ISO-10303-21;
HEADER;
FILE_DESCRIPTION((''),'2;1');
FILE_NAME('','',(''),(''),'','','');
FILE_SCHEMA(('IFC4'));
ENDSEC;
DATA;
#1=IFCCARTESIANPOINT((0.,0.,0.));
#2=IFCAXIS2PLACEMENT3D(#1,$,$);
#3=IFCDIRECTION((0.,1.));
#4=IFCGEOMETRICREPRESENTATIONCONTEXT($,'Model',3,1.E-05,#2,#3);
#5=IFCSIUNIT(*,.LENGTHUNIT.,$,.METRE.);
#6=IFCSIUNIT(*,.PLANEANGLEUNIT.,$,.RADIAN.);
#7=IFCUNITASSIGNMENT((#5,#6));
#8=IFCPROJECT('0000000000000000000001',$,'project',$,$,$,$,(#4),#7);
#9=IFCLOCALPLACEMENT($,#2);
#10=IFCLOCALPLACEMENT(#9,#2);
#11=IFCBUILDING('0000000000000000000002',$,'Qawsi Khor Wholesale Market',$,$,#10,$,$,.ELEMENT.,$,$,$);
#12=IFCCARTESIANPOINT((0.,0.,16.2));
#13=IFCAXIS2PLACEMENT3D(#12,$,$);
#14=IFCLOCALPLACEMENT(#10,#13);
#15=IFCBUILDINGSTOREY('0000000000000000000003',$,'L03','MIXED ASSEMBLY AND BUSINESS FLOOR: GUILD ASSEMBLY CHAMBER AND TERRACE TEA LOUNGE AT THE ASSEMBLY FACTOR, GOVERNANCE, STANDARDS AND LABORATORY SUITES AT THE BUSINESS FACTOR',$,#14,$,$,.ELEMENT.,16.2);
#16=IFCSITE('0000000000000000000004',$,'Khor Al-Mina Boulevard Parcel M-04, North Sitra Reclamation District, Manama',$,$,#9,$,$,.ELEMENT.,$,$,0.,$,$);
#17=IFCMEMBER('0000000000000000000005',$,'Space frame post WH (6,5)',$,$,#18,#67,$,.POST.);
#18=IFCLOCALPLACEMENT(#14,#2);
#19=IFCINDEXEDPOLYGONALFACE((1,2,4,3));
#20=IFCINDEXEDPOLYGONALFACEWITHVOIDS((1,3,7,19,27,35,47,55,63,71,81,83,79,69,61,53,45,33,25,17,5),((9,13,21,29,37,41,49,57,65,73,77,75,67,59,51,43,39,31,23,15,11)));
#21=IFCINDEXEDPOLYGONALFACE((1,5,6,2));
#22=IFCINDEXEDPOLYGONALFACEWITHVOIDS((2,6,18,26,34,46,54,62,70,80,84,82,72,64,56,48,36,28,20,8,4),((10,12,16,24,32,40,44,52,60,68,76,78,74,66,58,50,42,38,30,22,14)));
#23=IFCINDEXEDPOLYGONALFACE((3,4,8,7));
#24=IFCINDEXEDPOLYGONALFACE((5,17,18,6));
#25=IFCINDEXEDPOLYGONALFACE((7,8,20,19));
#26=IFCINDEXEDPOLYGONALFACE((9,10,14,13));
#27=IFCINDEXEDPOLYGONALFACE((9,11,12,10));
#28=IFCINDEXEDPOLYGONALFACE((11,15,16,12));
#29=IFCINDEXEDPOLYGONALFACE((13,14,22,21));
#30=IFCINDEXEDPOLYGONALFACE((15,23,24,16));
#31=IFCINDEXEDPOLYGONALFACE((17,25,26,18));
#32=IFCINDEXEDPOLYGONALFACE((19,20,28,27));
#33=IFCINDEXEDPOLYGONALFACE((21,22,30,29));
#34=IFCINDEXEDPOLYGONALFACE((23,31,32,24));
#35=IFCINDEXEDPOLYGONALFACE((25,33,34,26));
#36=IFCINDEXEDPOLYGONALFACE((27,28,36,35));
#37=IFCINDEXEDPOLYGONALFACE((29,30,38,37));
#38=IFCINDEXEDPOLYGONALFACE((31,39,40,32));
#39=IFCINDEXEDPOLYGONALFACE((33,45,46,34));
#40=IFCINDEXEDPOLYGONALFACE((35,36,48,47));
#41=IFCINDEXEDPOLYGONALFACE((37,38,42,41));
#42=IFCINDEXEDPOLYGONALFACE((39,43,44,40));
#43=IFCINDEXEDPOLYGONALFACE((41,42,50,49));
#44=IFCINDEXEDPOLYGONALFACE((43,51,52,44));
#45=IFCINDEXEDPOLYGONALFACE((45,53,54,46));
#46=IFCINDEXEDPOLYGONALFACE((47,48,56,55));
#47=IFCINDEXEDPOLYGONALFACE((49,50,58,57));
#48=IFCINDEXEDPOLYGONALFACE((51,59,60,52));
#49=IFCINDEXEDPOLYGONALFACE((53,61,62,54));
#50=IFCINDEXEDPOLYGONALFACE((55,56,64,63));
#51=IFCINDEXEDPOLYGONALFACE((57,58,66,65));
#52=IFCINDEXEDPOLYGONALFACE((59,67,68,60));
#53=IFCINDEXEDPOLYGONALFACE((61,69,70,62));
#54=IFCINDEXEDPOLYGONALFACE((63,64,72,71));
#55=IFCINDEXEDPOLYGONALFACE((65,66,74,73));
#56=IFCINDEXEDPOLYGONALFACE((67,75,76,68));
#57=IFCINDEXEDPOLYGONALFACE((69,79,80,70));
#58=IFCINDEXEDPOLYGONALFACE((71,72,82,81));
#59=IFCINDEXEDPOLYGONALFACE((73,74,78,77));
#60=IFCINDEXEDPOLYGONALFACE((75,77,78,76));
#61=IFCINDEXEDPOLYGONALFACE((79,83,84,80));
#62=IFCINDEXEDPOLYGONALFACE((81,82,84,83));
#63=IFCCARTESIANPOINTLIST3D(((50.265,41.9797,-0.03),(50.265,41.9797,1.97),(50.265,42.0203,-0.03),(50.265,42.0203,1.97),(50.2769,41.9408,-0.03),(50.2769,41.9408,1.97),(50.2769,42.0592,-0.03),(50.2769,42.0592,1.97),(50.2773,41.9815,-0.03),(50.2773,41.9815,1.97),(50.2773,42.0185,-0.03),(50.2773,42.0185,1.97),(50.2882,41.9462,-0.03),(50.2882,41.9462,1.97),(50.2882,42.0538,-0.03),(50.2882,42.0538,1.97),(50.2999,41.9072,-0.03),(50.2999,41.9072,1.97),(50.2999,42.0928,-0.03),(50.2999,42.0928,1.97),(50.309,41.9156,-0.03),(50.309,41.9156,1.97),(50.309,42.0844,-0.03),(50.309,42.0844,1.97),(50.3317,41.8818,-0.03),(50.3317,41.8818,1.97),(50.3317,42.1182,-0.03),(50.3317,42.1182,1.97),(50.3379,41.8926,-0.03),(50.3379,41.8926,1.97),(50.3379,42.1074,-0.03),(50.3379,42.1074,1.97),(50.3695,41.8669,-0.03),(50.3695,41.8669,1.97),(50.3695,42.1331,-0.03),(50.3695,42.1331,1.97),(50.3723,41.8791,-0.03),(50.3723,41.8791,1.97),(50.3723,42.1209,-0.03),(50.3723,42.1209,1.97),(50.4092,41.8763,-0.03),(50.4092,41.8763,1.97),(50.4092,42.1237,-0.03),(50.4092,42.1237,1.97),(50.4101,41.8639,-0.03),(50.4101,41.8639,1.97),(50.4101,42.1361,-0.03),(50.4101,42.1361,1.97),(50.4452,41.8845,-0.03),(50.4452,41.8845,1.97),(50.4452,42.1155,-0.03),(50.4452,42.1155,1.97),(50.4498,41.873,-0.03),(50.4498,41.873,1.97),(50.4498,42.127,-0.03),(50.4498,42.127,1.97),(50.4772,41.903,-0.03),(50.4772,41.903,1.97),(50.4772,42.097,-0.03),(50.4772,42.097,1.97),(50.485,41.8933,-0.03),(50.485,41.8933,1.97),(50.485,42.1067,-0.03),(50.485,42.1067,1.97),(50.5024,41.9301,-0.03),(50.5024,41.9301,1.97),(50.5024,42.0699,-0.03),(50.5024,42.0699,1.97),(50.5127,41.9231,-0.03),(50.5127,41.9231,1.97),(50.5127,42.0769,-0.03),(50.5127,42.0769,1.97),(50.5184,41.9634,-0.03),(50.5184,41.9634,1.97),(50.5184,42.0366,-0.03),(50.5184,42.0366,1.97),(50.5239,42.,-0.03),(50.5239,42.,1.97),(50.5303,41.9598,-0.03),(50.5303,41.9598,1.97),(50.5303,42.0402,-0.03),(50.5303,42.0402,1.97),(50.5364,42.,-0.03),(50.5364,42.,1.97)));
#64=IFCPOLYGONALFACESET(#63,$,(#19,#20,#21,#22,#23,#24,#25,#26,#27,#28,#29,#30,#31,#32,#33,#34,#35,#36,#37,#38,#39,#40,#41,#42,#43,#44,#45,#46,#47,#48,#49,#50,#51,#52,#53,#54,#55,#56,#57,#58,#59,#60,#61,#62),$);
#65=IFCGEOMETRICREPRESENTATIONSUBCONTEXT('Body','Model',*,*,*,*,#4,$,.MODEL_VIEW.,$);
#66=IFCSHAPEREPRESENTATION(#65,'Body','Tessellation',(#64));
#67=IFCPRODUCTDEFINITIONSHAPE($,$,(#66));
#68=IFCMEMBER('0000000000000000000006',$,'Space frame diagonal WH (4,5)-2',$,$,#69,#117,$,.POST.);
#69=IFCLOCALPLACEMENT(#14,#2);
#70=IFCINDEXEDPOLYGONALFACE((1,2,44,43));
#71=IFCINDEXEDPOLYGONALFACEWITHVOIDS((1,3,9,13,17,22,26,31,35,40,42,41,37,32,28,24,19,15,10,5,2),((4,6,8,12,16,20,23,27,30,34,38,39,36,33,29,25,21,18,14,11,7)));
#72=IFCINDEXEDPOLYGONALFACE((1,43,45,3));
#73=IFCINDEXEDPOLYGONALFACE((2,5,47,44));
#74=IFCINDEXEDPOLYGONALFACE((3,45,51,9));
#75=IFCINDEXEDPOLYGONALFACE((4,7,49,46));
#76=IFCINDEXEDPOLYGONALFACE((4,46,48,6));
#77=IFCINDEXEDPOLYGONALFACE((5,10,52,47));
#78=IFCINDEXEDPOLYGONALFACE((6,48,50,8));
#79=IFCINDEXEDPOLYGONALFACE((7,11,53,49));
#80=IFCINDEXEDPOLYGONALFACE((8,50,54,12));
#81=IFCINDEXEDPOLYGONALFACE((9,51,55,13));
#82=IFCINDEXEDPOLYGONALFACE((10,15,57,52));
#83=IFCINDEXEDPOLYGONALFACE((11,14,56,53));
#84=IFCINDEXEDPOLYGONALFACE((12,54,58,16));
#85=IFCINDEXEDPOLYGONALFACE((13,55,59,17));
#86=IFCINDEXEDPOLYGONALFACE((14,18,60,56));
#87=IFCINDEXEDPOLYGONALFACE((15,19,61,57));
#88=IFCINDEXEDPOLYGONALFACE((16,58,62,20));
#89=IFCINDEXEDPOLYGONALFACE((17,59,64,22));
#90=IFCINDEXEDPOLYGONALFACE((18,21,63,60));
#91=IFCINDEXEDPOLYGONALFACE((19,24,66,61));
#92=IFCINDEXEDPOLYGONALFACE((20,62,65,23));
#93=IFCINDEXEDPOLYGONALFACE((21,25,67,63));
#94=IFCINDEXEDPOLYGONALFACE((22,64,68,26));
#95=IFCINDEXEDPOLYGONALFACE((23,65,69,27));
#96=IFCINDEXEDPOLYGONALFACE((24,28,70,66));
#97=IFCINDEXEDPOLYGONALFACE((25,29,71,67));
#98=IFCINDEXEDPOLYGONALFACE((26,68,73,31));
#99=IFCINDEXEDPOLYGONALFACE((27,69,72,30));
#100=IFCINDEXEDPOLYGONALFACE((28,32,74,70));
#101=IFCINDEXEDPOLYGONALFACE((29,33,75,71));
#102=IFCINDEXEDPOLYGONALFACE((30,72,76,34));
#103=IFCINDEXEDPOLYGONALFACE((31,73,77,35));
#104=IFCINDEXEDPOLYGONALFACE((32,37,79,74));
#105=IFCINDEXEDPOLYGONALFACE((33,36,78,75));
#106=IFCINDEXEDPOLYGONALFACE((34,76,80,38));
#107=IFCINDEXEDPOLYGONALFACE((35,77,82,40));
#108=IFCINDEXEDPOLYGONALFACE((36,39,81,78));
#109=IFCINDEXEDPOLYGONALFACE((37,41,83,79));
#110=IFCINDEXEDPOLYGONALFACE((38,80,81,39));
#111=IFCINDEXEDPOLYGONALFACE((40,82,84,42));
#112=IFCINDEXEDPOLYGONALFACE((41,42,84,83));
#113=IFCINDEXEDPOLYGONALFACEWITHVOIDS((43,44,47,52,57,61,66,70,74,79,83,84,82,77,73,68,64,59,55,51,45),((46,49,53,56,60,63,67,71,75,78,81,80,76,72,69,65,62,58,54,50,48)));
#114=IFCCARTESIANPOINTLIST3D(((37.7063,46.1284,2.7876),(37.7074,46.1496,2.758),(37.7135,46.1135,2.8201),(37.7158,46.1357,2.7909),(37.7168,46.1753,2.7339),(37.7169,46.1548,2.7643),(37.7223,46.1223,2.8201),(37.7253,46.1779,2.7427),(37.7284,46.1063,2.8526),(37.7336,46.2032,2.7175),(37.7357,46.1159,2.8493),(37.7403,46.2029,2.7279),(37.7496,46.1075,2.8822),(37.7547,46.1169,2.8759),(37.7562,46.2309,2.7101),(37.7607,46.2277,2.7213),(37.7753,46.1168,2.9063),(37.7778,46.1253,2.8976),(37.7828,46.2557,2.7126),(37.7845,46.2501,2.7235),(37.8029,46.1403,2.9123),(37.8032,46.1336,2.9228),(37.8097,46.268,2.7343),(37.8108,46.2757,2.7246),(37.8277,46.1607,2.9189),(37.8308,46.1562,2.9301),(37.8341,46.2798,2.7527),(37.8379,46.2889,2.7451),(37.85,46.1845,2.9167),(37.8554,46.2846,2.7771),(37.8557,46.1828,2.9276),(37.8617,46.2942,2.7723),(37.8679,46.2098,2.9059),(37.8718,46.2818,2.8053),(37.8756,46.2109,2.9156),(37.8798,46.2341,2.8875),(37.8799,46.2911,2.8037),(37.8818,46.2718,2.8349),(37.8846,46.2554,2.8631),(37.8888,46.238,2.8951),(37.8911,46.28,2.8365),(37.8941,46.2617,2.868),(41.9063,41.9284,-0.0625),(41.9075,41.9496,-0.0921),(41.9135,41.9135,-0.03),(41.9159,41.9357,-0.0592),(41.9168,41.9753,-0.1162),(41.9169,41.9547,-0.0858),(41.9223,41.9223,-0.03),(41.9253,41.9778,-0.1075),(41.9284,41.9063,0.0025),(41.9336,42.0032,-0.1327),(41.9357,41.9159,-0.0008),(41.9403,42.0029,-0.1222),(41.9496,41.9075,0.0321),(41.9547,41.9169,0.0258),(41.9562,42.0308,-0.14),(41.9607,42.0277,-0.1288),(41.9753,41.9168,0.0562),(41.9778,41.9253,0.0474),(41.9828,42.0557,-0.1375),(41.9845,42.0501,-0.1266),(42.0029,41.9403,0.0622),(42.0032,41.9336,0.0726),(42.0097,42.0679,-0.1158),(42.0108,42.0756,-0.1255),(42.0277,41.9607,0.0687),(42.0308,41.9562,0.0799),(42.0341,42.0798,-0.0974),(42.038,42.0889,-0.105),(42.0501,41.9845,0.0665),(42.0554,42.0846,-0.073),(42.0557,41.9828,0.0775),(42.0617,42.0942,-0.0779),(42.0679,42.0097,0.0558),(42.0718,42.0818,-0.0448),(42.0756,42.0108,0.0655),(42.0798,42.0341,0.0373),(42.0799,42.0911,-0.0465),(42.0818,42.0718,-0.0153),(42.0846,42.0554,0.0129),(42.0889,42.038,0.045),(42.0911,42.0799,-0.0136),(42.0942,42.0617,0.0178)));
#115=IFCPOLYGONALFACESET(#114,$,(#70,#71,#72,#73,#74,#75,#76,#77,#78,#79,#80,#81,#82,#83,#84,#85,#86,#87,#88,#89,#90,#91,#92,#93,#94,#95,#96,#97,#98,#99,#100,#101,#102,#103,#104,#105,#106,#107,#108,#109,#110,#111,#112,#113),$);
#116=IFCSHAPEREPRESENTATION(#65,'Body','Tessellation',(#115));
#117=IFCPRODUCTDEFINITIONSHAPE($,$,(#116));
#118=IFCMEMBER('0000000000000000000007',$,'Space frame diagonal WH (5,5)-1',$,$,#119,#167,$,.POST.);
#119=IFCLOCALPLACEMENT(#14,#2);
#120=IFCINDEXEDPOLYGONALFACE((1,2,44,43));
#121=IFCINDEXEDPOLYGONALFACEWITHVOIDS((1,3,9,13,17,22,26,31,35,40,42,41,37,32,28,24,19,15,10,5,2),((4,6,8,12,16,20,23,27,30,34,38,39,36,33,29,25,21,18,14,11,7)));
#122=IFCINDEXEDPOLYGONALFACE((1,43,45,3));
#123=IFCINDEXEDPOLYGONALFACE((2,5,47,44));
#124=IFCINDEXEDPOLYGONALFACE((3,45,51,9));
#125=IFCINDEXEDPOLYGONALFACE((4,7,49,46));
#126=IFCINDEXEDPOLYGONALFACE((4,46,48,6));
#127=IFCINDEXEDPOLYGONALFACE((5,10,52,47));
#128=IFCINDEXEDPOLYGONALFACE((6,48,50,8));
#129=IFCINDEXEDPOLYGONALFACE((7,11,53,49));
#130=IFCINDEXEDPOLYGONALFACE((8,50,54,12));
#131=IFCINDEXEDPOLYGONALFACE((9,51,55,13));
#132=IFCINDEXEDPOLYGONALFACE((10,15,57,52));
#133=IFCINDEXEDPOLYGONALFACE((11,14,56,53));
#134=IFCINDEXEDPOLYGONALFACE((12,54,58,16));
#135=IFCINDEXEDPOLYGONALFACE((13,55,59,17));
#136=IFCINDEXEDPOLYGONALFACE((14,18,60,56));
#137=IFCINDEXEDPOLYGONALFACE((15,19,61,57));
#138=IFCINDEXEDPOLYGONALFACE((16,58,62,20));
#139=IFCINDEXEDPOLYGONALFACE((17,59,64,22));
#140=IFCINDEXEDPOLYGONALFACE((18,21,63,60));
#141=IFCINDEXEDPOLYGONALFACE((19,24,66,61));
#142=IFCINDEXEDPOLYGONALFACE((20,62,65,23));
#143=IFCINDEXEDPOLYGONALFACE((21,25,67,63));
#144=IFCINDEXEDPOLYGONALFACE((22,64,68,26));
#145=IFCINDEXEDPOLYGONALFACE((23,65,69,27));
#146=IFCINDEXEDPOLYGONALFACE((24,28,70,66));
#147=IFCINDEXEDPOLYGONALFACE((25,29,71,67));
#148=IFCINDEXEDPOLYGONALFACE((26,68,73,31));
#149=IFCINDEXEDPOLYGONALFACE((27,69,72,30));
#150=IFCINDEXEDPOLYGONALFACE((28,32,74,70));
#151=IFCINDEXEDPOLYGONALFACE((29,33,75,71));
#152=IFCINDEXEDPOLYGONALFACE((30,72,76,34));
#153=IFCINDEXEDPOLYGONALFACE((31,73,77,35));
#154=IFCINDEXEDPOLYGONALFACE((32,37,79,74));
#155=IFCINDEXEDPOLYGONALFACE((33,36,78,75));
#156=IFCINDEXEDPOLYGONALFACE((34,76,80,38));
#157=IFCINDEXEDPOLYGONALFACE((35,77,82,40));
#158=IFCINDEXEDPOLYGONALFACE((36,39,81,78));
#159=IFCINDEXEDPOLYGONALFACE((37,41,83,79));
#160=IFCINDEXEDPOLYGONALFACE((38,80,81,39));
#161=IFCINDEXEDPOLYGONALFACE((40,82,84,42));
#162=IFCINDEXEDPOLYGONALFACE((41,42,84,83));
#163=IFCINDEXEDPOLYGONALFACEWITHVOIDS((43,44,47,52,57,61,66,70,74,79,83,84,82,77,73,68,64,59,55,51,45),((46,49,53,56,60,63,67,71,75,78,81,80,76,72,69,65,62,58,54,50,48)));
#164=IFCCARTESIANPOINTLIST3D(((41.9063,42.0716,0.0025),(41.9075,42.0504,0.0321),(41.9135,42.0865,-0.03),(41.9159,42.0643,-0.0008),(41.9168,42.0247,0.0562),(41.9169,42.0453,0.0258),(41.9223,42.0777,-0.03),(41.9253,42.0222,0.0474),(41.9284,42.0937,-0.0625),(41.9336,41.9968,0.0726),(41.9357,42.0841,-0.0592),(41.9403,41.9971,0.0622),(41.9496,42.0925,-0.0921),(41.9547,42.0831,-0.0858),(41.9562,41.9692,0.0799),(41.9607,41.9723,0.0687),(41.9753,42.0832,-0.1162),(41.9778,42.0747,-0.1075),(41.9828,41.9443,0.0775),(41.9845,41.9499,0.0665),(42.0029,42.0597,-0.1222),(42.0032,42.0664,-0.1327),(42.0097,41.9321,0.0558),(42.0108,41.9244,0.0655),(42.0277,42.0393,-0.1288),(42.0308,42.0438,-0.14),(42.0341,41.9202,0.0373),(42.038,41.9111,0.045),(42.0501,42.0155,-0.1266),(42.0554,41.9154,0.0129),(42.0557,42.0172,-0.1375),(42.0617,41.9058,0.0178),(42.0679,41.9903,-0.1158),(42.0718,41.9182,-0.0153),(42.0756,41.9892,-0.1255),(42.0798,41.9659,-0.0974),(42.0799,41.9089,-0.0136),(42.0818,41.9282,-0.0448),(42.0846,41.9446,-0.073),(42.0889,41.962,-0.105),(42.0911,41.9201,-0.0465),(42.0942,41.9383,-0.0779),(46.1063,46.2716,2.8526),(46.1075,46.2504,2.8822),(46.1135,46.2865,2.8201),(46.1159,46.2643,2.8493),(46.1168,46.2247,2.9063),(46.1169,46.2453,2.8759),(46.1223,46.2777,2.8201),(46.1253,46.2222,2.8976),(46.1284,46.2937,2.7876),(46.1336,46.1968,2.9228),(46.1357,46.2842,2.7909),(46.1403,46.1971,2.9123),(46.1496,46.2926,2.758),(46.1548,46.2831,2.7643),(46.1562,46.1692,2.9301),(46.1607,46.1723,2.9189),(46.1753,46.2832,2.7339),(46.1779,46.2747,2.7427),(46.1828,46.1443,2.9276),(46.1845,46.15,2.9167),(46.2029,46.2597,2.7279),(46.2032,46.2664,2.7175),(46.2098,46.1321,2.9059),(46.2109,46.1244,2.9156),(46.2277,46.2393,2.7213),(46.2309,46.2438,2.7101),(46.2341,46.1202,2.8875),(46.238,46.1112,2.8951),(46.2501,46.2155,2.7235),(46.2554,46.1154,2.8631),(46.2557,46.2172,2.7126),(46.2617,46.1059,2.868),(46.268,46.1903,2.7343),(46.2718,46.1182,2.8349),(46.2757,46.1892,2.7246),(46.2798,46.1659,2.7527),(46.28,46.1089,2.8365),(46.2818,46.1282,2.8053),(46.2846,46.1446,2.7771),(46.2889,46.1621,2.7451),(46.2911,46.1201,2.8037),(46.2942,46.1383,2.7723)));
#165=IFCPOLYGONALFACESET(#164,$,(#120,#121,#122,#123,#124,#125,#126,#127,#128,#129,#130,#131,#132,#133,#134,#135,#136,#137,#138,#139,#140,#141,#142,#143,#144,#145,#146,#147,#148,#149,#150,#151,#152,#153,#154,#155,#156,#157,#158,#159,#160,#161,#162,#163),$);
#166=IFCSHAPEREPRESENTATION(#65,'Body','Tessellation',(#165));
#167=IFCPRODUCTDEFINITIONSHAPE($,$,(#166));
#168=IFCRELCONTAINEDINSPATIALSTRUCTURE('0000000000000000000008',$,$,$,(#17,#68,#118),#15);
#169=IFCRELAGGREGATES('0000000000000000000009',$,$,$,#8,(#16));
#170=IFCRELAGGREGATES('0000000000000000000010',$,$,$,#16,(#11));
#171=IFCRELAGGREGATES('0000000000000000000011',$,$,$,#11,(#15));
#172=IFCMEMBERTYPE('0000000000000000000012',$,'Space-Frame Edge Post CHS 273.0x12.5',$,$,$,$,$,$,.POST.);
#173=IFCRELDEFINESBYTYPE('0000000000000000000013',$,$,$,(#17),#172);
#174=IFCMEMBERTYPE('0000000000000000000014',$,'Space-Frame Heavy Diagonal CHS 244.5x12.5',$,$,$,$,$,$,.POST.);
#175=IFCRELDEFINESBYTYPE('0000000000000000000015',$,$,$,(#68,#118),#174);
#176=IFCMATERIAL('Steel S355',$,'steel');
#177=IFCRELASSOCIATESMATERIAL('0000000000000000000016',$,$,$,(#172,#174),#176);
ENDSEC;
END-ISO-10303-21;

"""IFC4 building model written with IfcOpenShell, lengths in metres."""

from ifc_helpers import new_model, si_unit, direction, frame, origin, origin_2d, place, context, subcontext, project, spatial, hollow_circle, extrude, material, material_profile, profile_set, type_object, element, save


model = new_model("IFC4")

# Units and contexts
model_context = context("Model", 3, precision=1e-05, world=origin(), true_north=direction((0.0, 1.0)))
body_context = subcontext(model_context, "Body", "Model", "MODEL_VIEW")
ifc_project = project(units=[si_unit("LENGTHUNIT", "METRE"), si_unit("PLANEANGLEUNIT", "RADIAN")], contexts=[model_context])

# Site, building, storey
site_placement = place(None, origin())
site = spatial("IfcSite", under=ifc_project, at=site_placement, Name="Khor Al-Mina Boulevard Parcel M-04, North Sitra Reclamation District, Manama", CompositionType="ELEMENT", RefElevation=0.0)
building_placement = place(site_placement, origin())
building = spatial("IfcBuilding", under=site, at=building_placement, Name="Qawsi Khor Wholesale Market", CompositionType="ELEMENT")
storey_placement = place(building_placement, frame((0.0, 0.0, 16.2)))
storey = spatial("IfcBuildingStorey", under=building, at=storey_placement, Name="L03", Description="MIXED ASSEMBLY AND BUSINESS FLOOR: GUILD ASSEMBLY CHAMBER AND TERRACE TEA LOUNGE AT THE ASSEMBLY FACTOR, GOVERNANCE, STANDARDS AND LABORATORY SUITES AT THE BUSINESS FACTOR", CompositionType="ELEMENT", Elevation=16.2)

# Shared definitions
ifc_material_1 = material(Name="Steel S355", Category="steel")

# Members
ifc_material_profile_1 = material_profile(ifc_material_1, hollow_circle(Radius=0.1365, WallThickness=0.0125, at=origin_2d()), Name="CHS 273.0x12.5")
ifc_profile_set_1 = profile_set([ifc_material_profile_1], Name="Steel S355")
member_type_1 = type_object("IfcMemberType", Name="Space-Frame Edge Post CHS 273.0x12.5", PredefinedType="POST", material=ifc_profile_set_1)
for number, where, z_axis, x_axis, name in (
    (1, (50.3999, 42.0, -0.03), (0.0, 0.0, 1.0), (1.0, 0.0, 0.0), "Space frame post WH (6,5)"),
):
    element("IfcMember", number, at=place(storey_placement, frame(where, z_axis=z_axis, x_axis=x_axis)), inside=storey, type_object=member_type_1, Name=name, PredefinedType="POST", context=body_context, shape_type="SweptSolid", body=[
        extrude(hollow_circle(Radius=0.1365, WallThickness=0.0125, at=origin_2d()), origin(), (0.0, 0.0, 1.0), 2.0),
    ])
ifc_material_profile_2 = material_profile(ifc_material_1, hollow_circle(Radius=0.1223, WallThickness=0.0125, at=origin_2d()), Name="CHS 244.5x12.5")
ifc_profile_set_2 = profile_set([ifc_material_profile_2], Name="Steel S355")
member_type_2 = type_object("IfcMemberType", Name="Space-Frame Heavy Diagonal CHS 244.5x12.5", PredefinedType="POST", material=ifc_profile_set_2)
for number, where, z_axis, x_axis, name in (
    (2, (42.0, 42.0, -0.03), (-0.637512, 0.637512, 0.432617), (-0.707107, -0.707107, 0.0), "Space frame diagonal WH (4,5)-2"),
    (3, (42.0, 42.0, -0.03), (0.637512, 0.637512, 0.432617), (-0.707107, 0.707107, 0.0), "Space frame diagonal WH (5,5)-1"),
):
    element("IfcMember", number, at=place(storey_placement, frame(where, z_axis=z_axis, x_axis=x_axis)), inside=storey, type_object=member_type_2, Name=name, PredefinedType="POST", context=body_context, shape_type="SweptSolid", body=[
        extrude(hollow_circle(Radius=0.1223, WallThickness=0.0125, at=origin_2d()), origin(), (0.0, 0.0, 1.0), 6.5881),
    ])

save(model, "model.ifc")
